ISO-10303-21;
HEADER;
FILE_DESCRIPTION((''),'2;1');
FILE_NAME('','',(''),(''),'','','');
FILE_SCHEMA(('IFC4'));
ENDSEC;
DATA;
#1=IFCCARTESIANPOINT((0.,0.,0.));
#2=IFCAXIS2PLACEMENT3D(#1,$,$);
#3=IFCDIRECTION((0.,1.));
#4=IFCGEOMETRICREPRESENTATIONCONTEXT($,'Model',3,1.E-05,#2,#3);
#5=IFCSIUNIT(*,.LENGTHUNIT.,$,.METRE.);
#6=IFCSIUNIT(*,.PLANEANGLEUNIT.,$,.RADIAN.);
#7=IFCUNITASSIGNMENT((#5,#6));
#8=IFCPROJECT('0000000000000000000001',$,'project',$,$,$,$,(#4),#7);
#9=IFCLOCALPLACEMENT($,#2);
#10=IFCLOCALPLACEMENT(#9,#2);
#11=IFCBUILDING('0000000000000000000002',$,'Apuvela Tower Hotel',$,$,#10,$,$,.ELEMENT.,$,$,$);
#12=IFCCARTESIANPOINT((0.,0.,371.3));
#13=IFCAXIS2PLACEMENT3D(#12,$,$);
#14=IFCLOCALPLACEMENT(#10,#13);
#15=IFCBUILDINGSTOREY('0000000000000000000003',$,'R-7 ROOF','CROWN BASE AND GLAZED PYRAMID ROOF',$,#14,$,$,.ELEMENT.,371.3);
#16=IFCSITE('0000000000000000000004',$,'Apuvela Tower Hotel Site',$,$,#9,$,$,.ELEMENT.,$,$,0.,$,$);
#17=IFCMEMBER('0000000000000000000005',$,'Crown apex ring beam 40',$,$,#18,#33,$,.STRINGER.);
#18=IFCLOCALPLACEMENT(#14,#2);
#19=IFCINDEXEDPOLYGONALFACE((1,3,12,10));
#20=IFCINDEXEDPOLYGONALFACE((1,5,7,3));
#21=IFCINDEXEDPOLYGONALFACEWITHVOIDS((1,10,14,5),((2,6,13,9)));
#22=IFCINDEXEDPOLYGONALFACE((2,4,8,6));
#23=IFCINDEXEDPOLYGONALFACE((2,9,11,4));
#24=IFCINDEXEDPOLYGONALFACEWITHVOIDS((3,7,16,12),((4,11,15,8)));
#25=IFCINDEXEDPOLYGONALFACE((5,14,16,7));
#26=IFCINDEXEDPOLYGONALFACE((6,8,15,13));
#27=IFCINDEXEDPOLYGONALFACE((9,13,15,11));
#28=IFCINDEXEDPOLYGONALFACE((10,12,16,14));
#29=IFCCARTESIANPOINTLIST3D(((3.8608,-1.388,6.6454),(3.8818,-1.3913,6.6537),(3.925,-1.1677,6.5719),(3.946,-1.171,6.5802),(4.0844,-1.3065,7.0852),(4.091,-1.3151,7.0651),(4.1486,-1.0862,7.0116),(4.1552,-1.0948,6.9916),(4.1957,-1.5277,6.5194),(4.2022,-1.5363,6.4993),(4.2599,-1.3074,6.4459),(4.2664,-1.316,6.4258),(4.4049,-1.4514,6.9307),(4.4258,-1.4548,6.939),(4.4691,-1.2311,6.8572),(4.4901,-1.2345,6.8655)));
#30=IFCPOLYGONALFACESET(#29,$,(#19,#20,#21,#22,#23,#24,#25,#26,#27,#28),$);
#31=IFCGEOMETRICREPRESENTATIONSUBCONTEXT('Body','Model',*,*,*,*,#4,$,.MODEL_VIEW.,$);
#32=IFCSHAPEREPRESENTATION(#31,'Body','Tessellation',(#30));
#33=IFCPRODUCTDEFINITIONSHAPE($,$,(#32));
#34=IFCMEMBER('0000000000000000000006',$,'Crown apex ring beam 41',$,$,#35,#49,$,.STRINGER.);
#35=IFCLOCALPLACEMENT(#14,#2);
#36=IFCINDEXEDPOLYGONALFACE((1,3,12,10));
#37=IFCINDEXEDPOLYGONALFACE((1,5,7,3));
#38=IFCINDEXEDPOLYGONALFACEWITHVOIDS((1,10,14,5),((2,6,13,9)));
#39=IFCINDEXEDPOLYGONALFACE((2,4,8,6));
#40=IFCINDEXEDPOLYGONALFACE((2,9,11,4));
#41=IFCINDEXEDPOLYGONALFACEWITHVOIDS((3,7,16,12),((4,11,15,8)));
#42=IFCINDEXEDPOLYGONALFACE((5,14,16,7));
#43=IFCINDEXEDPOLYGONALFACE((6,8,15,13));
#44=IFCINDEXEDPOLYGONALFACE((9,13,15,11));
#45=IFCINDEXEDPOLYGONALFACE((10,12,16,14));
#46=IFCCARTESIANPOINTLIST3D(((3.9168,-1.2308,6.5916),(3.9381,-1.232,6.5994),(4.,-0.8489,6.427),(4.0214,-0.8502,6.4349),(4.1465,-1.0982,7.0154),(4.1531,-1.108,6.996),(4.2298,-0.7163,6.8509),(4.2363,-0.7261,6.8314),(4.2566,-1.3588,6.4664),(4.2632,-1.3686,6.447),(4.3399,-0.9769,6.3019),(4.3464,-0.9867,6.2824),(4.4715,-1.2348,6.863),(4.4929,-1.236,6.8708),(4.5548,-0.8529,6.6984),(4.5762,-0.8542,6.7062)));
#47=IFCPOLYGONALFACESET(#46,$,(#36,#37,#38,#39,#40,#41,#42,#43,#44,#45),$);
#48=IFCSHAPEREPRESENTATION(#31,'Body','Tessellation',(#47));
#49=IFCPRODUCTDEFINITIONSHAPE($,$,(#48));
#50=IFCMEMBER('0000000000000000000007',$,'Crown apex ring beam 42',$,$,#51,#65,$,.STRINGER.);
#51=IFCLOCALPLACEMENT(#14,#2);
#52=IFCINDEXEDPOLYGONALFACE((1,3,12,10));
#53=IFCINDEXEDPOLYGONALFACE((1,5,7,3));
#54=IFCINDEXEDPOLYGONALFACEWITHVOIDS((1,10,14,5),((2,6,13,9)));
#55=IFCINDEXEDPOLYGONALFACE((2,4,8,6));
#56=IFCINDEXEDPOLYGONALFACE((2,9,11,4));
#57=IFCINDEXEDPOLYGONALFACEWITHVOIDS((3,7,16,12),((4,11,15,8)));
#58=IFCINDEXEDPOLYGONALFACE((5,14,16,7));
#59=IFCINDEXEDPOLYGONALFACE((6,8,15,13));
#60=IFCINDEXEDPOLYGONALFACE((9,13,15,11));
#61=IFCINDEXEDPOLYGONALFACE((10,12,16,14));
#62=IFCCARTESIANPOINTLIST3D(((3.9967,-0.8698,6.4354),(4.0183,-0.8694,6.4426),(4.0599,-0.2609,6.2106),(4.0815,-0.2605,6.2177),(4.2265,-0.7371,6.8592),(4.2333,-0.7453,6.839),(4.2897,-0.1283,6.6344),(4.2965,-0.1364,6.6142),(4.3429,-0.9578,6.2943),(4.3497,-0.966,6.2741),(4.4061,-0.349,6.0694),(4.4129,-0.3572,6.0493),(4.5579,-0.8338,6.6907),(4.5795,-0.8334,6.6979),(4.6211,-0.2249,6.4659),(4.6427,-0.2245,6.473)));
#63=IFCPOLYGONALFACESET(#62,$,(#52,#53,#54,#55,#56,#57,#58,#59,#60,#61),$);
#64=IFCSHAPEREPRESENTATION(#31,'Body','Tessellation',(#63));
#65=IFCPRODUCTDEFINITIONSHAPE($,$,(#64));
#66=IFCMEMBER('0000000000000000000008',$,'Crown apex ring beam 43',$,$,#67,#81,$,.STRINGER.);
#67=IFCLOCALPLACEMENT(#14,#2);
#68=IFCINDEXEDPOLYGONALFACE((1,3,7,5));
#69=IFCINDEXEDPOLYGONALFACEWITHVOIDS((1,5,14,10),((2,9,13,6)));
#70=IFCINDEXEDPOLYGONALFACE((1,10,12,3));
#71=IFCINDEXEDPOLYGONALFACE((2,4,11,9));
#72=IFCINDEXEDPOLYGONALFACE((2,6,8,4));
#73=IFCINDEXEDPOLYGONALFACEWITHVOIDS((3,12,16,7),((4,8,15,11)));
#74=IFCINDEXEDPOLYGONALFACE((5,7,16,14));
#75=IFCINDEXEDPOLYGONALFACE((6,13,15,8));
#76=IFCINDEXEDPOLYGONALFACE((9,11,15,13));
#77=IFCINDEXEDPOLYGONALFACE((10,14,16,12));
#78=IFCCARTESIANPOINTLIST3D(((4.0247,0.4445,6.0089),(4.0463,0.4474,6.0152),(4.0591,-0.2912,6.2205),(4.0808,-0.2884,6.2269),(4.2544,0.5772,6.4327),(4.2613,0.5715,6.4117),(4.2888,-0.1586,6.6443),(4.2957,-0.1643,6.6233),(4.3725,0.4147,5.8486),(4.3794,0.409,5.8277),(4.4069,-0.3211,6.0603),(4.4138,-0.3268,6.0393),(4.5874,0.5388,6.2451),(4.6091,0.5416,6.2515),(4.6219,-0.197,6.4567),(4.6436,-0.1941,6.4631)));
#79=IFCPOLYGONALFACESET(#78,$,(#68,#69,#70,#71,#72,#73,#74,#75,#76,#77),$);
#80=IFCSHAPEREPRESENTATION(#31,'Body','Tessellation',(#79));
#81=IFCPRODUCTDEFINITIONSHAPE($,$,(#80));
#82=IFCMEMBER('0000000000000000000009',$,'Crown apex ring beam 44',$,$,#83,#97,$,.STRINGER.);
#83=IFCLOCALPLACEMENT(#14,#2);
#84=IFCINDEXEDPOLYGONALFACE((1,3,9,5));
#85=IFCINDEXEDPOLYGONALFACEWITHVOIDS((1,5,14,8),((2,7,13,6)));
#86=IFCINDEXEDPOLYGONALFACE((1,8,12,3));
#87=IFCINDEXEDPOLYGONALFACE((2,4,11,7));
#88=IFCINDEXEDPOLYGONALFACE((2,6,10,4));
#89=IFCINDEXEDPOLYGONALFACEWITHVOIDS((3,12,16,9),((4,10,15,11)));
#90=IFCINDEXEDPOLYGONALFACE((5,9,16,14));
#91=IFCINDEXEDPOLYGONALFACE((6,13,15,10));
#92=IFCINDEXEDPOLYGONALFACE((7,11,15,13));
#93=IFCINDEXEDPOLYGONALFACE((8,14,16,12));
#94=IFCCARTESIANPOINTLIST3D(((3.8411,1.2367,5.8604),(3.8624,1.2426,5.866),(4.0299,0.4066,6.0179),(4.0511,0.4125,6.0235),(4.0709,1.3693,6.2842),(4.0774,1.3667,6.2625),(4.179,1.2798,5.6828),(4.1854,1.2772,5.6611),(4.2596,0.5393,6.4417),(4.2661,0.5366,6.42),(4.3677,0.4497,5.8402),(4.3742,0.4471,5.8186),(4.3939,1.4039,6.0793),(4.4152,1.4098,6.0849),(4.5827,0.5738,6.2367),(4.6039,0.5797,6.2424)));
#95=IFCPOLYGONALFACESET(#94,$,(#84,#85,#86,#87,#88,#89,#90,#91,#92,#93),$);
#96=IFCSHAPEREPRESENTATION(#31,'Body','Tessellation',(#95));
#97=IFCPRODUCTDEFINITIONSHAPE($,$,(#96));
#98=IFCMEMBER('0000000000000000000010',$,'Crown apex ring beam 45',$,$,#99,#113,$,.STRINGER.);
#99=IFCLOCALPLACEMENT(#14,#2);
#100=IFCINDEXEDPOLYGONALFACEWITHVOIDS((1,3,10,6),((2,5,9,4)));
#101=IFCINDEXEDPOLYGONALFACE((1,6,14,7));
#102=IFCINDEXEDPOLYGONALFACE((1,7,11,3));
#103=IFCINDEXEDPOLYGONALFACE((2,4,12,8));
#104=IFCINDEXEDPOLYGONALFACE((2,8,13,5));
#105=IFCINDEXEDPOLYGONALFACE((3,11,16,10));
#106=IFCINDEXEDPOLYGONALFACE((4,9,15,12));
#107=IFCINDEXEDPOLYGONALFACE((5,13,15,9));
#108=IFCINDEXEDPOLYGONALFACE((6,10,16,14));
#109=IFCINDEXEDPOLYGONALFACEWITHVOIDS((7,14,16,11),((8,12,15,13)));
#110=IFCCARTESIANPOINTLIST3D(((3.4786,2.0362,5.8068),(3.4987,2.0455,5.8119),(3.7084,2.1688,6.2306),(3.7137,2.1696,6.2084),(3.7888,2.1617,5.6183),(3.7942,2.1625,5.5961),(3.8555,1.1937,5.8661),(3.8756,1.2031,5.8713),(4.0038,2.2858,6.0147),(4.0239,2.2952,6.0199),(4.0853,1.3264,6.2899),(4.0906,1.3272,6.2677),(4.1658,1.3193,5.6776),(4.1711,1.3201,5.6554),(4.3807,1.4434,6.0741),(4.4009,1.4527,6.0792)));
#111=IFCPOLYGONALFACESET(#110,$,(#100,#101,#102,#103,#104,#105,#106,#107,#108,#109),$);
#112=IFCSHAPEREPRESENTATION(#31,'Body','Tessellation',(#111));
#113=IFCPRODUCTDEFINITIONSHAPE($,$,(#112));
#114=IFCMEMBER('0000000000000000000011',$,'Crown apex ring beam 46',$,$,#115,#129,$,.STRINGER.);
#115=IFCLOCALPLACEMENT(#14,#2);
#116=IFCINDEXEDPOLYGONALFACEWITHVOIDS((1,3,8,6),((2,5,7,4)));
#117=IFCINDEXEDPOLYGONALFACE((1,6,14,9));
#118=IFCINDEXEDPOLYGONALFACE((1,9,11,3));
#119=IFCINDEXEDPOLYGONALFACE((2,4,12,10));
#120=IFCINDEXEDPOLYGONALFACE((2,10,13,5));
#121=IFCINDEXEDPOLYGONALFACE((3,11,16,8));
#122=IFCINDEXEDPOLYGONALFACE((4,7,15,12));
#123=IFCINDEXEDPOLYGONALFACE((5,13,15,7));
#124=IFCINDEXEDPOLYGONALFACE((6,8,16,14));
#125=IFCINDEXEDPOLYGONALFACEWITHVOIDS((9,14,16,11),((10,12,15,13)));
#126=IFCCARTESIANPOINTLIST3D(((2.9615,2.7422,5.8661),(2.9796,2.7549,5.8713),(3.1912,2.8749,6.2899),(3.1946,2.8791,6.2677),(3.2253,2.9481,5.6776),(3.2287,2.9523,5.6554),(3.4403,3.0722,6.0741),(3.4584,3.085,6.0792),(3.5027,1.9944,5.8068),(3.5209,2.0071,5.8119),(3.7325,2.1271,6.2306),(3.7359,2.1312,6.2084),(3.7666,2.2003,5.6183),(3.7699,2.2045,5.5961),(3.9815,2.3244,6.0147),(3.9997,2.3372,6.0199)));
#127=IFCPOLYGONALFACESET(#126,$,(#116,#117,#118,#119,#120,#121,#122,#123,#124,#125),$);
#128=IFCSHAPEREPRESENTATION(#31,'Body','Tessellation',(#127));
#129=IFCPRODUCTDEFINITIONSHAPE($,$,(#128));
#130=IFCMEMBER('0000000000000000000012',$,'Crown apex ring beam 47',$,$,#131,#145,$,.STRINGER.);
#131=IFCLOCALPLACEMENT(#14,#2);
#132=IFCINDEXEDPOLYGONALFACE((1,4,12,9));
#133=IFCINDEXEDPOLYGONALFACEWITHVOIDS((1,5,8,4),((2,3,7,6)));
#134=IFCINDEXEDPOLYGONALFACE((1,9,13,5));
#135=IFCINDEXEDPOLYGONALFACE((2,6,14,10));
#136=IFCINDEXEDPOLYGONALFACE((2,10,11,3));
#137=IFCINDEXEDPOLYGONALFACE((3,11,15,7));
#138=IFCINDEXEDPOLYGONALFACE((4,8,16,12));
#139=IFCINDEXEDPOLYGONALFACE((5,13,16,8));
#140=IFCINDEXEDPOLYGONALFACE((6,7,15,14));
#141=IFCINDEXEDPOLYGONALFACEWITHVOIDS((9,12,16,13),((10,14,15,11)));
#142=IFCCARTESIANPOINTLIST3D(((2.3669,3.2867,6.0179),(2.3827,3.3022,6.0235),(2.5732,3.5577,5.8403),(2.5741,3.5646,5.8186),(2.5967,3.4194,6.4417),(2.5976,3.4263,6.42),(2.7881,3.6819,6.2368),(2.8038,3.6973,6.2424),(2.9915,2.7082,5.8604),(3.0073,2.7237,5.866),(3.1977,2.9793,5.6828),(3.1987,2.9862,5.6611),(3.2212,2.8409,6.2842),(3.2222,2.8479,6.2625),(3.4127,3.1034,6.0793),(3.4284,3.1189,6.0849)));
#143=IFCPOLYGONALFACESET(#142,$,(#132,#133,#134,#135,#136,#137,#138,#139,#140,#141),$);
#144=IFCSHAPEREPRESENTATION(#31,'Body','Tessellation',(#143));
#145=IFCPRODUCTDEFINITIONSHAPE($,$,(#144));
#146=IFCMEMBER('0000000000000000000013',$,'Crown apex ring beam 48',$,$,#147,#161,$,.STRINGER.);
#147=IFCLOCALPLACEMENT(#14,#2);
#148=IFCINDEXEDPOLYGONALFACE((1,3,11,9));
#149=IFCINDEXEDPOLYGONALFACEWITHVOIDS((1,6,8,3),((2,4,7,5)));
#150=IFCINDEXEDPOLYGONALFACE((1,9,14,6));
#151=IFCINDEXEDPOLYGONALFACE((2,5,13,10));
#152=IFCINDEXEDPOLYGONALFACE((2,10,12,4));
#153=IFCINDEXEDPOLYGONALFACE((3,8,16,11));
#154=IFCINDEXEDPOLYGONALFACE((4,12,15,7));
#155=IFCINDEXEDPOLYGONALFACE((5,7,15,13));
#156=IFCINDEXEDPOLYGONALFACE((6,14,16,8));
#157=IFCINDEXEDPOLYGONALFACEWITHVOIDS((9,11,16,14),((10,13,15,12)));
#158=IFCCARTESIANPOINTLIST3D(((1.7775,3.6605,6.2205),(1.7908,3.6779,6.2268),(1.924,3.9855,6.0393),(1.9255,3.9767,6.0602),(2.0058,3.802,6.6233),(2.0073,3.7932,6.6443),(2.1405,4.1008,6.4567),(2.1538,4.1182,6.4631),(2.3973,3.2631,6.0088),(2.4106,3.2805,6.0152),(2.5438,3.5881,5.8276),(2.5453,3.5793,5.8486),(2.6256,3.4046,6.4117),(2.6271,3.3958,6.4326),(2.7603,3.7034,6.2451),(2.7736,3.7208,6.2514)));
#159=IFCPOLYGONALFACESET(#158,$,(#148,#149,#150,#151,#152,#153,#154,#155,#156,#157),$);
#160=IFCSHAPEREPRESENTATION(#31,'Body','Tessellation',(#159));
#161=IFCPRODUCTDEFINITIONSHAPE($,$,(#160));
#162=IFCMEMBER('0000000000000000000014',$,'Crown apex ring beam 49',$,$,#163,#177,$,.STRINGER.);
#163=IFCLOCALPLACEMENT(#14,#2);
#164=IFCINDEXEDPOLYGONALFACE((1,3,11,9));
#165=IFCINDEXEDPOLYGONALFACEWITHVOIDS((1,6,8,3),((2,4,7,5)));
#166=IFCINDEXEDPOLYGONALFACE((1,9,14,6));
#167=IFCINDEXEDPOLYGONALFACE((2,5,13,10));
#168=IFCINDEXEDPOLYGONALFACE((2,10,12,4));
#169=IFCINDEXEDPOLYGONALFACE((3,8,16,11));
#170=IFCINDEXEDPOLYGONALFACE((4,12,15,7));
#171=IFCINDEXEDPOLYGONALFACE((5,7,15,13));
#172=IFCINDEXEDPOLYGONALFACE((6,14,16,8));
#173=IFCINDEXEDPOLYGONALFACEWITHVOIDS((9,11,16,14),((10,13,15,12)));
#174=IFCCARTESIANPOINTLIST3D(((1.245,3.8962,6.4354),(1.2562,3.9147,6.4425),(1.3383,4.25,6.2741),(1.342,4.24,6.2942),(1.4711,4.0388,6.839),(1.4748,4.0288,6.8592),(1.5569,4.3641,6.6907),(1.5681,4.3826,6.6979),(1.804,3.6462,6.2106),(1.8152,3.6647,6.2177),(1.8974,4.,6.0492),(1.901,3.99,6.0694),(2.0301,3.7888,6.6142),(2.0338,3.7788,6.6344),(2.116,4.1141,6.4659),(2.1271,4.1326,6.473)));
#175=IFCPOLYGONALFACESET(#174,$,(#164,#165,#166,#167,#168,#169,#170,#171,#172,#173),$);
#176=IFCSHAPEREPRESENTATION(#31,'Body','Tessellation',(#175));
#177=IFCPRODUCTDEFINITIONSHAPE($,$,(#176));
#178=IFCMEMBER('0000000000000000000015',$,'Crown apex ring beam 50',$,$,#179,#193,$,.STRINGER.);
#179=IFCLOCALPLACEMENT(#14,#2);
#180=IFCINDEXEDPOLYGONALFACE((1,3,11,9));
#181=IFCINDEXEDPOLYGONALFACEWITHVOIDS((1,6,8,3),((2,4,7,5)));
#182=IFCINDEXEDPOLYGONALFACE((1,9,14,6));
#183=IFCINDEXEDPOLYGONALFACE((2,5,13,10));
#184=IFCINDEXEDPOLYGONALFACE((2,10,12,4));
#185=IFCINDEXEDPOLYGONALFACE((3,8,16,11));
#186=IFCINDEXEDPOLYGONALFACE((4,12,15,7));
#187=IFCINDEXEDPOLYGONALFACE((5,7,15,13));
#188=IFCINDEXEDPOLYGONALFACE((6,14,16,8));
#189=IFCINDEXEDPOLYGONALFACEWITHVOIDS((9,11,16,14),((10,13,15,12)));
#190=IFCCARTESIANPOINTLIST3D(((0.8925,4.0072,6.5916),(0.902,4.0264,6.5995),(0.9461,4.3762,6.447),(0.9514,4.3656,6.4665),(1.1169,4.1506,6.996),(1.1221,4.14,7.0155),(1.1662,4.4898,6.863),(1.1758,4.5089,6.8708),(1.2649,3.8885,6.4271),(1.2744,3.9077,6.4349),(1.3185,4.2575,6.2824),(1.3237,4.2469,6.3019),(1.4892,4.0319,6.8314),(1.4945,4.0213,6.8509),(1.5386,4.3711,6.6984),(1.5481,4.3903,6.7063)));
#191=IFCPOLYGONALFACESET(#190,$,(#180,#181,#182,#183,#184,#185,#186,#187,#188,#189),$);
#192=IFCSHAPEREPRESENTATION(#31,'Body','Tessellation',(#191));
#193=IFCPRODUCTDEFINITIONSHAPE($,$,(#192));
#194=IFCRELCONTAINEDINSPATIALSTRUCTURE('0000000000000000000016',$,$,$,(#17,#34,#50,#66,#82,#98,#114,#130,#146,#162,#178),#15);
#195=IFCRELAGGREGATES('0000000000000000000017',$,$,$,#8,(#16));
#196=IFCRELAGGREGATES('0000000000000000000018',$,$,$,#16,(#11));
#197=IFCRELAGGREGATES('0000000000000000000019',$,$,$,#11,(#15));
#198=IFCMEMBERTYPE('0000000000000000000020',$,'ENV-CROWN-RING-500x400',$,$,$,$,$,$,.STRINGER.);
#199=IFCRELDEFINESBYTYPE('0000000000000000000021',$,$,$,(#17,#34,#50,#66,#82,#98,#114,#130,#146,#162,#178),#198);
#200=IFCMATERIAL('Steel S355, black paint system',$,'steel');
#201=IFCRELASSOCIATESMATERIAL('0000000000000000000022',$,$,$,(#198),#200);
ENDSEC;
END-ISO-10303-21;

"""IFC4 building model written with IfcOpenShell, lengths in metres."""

from ifc_helpers import new_model, si_unit, direction, frame, origin, origin_2d, place, context, subcontext, project, spatial, hollow_rectangle, extrude, material, material_profile, profile_set, type_object, element, save


model = new_model("IFC4")

# Units and contexts
model_context = context("Model", 3, precision=1e-05, world=origin(), true_north=direction((0.0, 1.0)))
body_context = subcontext(model_context, "Body", "Model", "MODEL_VIEW")
ifc_project = project(units=[si_unit("LENGTHUNIT", "METRE"), si_unit("PLANEANGLEUNIT", "RADIAN")], contexts=[model_context])

# Site, building, storey
site_placement = place(None, origin())
site = spatial("IfcSite", under=ifc_project, at=site_placement, Name="Apuvela Tower Hotel Site", CompositionType="ELEMENT", RefElevation=0.0)
building_placement = place(site_placement, origin())
building = spatial("IfcBuilding", under=site, at=building_placement, Name="Apuvela Tower Hotel", CompositionType="ELEMENT")
storey_placement = place(building_placement, frame((0.0, 0.0, 371.3)))
storey = spatial("IfcBuildingStorey", under=building, at=storey_placement, Name="R-7 ROOF", Description="CROWN BASE AND GLAZED PYRAMID ROOF", CompositionType="ELEMENT", Elevation=371.3)

# Members
ifc_material_1 = material(Name="Steel S355, black paint system", Category="steel")
ifc_material_profile_1 = material_profile(ifc_material_1, hollow_rectangle(XDim=0.3999, YDim=0.5, WallThickness=0.0161, at=origin_2d()), Name="HSS 500x400x16")
ifc_profile_set_1 = profile_set([ifc_material_profile_1], Name="Steel S355, black paint system")
member_type_1 = type_object("IfcMemberType", Name="ENV-CROWN-RING-500x400", PredefinedType="STRINGER", material=ifc_profile_set_1)
member_1_placement = place(storey_placement, frame((4.1433, -1.4214, 6.7922), z_axis=(0.266573, 0.914254, -0.305089), x_axis=(-0.853763, 0.370879, 0.365427)))
element("IfcMember", 1, at=member_1_placement, inside=storey, type_object=member_type_1, Name="Crown apex ring beam 40", PredefinedType="STRINGER", context=body_context, shape_type="SweptSolid", body=[
    extrude(hollow_rectangle(XDim=0.3999, YDim=0.5, WallThickness=0.0161, at=origin_2d()), origin(), (0.0, 0.0, 1.0), 0.241),
])
member_2_placement = place(storey_placement, frame((4.2048, -1.2334, 6.7312), z_axis=(0.196332, 0.90048, -0.388059), x_axis=(-0.866218, 0.344734, 0.361697)))
element("IfcMember", 2, at=member_2_placement, inside=storey, type_object=member_type_1, Name="Crown apex ring beam 41", PredefinedType="STRINGER", context=body_context, shape_type="SweptSolid", body=[
    extrude(hollow_rectangle(XDim=0.3999, YDim=0.5, WallThickness=0.0161, at=origin_2d()), origin(), (0.0, 0.0, 1.0), 0.4241),
])
member_3_placement = place(storey_placement, frame((4.2881, -0.8516, 6.5667), z_axis=(0.09696, 0.93366, -0.344788), x_axis=(-0.882809, 0.240651, 0.403404)))
element("IfcMember", 3, at=member_3_placement, inside=storey, type_object=member_type_1, Name="Crown apex ring beam 42", PredefinedType="STRINGER", context=body_context, shape_type="SweptSolid", body=[
    extrude(hollow_rectangle(XDim=0.3999, YDim=0.5, WallThickness=0.0161, at=origin_2d()), origin(), (0.0, 0.0, 1.0), 0.6521),
])
member_4_placement = place(storey_placement, frame((4.3513, -0.2427, 6.3418), z_axis=(-0.044913, 0.960059, -0.276168), x_axis=(-0.887014, 0.088846, 0.453114)))
element("IfcMember", 4, at=member_4_placement, inside=storey, type_object=member_type_1, Name="Crown apex ring beam 43", PredefinedType="STRINGER", context=body_context, shape_type="SweptSolid", body=[
    extrude(hollow_rectangle(XDim=0.3999, YDim=0.5, WallThickness=0.0161, at=origin_2d()), origin(), (0.0, 0.0, 1.0), 0.7664),
])
member_5_placement = place(storey_placement, frame((4.3169, 0.4932, 6.1301), z_axis=(-0.217997, 0.958848, -0.181899), x_axis=(-0.860989, -0.101188, 0.498457)))
element("IfcMember", 5, at=member_5_placement, inside=storey, type_object=member_type_1, Name="Crown apex ring beam 44", PredefinedType="STRINGER", context=body_context, shape_type="SweptSolid", body=[
    extrude(hollow_rectangle(XDim=0.3999, YDim=0.5, WallThickness=0.0161, at=origin_2d()), origin(), (0.0, 0.0, 1.0), 0.8657),
])
member_6_placement = place(storey_placement, frame((4.1282, 1.3232, 5.9727), z_axis=(-0.407554, 0.910926, -0.064142), x_axis=(-0.789107, -0.31596, 0.526763)))
element("IfcMember", 6, at=member_6_placement, inside=storey, type_object=member_type_1, Name="Crown apex ring beam 45", PredefinedType="STRINGER", context=body_context, shape_type="SweptSolid", body=[
    extrude(hollow_rectangle(XDim=0.3999, YDim=0.5, WallThickness=0.0161, at=origin_2d()), origin(), (0.0, 0.0, 1.0), 0.9248),
])
member_7_placement = place(storey_placement, frame((3.7512, 2.1658, 5.9133), z_axis=(-0.585123, 0.808404, 0.064134), x_axis=(-0.668176, -0.525416, 0.526763)))
element("IfcMember", 7, at=member_7_placement, inside=storey, type_object=member_type_1, Name="Crown apex ring beam 46", PredefinedType="STRINGER", context=body_context, shape_type="SweptSolid", body=[
    extrude(hollow_rectangle(XDim=0.3999, YDim=0.5, WallThickness=0.0161, at=origin_2d()), origin(), (0.0, 0.0, 1.0), 0.925),
])
member_8_placement = place(storey_placement, frame((3.21, 2.9136, 5.9727), z_axis=(-0.72145, 0.668145, 0.181914), x_axis=(-0.518054, -0.695098, 0.498456)))
element("IfcMember", 8, at=member_8_placement, inside=storey, type_object=member_type_1, Name="Crown apex ring beam 47", PredefinedType="STRINGER", context=body_context, shape_type="SweptSolid", body=[
    extrude(hollow_rectangle(XDim=0.3999, YDim=0.5, WallThickness=0.0161, at=origin_2d()), origin(), (0.0, 0.0, 1.0), 0.8657),
])
member_9_placement = place(storey_placement, frame((2.5854, 3.4919, 6.1301), z_axis=(-0.80905, 0.518761, 0.276269), x_axis=(-0.366375, -0.812693, 0.4531)))
element("IfcMember", 9, at=member_9_placement, inside=storey, type_object=member_type_1, Name="Crown apex ring beam 48", PredefinedType="STRINGER", context=body_context, shape_type="SweptSolid", body=[
    extrude(hollow_rectangle(XDim=0.3999, YDim=0.5, WallThickness=0.0161, at=origin_2d()), origin(), (0.0, 0.0, 1.0), 0.7661),
])
member_10_placement = place(storey_placement, frame((1.9656, 3.8894, 6.3418), z_axis=(-0.856956, 0.383198, 0.344653), x_axis=(-0.233376, -0.884751, 0.403425)))
element("IfcMember", 10, at=member_10_placement, inside=storey, type_object=member_type_1, Name="Crown apex ring beam 49", PredefinedType="STRINGER", context=body_context, shape_type="SweptSolid", body=[
    extrude(hollow_rectangle(XDim=0.3999, YDim=0.5, WallThickness=0.0161, at=origin_2d()), origin(), (0.0, 0.0, 1.0), 0.6523),
])
member_11_placement = place(storey_placement, frame((1.4065, 4.1394, 6.5667), z_axis=(-0.878106, 0.279842, 0.388094), x_axis=(-0.134165, -0.922594, 0.361691)))
element("IfcMember", 11, at=member_11_placement, inside=storey, type_object=member_type_1, Name="Crown apex ring beam 50", PredefinedType="STRINGER", context=body_context, shape_type="SweptSolid", body=[
    extrude(hollow_rectangle(XDim=0.3999, YDim=0.5, WallThickness=0.0161, at=origin_2d()), origin(), (0.0, 0.0, 1.0), 0.4241),
])

save(model, "model.ifc")
